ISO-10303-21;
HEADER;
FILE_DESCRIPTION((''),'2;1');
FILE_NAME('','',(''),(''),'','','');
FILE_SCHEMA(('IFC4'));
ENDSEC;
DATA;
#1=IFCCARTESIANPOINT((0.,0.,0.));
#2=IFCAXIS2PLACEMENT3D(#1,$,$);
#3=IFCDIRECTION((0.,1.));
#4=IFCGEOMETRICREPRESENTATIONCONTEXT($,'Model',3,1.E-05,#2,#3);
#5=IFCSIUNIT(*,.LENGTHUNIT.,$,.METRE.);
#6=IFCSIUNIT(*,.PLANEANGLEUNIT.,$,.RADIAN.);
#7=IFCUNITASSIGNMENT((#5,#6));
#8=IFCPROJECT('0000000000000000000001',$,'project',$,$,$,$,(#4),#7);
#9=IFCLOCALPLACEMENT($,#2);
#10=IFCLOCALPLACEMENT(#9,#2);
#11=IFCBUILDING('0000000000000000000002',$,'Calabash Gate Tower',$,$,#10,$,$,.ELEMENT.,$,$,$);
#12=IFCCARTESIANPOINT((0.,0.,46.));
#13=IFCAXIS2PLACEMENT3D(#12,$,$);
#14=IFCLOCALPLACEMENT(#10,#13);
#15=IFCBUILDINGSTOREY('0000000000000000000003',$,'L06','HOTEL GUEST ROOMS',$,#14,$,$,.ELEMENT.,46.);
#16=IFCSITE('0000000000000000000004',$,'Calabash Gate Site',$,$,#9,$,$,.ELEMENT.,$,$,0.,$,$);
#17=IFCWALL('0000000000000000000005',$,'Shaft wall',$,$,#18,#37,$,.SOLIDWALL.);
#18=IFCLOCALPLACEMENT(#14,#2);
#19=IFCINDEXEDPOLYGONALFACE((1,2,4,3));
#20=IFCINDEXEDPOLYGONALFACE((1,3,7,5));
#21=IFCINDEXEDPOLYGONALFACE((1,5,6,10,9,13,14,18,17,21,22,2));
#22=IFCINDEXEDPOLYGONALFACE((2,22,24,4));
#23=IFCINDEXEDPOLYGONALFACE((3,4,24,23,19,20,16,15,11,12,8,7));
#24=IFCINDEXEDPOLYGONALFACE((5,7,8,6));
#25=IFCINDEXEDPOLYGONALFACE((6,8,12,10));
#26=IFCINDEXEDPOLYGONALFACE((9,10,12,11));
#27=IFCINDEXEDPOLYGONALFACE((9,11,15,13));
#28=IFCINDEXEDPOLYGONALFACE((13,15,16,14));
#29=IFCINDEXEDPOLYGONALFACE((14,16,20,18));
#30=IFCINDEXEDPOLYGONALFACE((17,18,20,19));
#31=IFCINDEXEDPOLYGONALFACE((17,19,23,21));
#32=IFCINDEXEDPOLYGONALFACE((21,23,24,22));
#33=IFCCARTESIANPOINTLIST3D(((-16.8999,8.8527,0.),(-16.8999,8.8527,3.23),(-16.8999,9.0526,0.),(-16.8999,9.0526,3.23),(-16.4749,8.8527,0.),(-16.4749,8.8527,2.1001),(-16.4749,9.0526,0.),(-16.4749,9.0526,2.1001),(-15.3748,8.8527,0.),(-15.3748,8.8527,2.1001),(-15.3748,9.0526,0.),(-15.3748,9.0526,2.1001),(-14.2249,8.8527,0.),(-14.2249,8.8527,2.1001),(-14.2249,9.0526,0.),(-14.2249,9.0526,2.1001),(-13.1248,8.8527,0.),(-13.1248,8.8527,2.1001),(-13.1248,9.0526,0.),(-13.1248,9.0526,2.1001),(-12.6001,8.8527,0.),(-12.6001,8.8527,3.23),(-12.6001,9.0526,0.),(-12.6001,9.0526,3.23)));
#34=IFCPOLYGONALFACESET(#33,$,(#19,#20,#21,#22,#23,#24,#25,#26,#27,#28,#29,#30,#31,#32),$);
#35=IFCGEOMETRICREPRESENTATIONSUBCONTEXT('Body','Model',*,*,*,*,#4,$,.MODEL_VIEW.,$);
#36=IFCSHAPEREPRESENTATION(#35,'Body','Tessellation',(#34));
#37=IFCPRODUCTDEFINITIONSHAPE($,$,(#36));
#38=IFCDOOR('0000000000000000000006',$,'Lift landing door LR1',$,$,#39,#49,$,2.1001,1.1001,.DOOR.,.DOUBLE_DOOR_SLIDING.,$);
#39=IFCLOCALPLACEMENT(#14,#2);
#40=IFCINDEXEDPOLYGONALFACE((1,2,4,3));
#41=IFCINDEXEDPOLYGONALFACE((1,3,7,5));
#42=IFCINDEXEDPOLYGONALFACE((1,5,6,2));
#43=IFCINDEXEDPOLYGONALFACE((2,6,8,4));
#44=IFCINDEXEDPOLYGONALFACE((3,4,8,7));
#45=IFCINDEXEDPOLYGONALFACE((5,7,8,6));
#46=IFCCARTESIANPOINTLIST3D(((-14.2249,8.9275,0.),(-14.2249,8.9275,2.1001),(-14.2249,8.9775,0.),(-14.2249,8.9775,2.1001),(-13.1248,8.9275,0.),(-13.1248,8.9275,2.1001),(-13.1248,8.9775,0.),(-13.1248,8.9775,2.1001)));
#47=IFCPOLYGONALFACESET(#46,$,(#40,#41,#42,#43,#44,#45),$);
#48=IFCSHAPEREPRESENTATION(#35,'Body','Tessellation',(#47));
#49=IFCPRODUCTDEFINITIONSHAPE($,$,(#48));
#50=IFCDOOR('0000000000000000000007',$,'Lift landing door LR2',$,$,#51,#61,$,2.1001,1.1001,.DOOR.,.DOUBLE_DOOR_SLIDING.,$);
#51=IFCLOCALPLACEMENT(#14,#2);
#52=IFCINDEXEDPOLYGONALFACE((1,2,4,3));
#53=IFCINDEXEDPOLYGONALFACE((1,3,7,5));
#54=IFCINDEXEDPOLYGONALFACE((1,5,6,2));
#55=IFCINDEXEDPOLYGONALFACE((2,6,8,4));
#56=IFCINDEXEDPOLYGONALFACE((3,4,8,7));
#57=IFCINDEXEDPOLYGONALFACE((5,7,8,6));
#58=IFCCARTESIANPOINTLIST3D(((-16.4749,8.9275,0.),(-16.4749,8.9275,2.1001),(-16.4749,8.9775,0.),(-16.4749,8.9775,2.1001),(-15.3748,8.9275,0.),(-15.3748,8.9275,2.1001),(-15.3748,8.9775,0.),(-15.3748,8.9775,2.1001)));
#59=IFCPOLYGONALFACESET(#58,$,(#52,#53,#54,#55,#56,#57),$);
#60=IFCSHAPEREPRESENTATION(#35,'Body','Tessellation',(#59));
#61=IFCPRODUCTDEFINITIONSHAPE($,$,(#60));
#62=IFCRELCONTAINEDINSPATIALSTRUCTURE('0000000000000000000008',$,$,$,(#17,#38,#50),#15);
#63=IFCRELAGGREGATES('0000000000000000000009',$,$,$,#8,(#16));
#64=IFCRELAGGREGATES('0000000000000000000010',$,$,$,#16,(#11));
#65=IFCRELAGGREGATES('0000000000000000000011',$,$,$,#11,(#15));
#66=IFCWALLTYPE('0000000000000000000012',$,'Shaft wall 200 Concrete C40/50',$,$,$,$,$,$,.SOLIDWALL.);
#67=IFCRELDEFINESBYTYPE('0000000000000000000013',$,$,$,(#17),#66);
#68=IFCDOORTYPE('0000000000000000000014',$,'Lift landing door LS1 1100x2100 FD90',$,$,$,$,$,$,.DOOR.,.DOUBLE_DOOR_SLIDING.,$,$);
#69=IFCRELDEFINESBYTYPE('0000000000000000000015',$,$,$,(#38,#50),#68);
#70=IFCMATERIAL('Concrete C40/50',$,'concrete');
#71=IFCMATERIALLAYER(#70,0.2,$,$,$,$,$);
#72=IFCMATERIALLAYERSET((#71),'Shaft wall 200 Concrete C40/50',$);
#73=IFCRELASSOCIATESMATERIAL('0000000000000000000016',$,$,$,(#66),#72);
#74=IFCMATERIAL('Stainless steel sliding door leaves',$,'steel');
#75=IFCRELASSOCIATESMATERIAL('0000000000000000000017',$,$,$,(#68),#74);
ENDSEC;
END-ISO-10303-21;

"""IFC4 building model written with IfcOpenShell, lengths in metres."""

from ifc_helpers import new_model, si_unit, direction, frame, frame_2d, origin, place, context, subcontext, project, spatial, rectangle, extrude, material, layer, layer_set, type_object, element, fill, save


model = new_model("IFC4")

# Units and contexts
model_context = context("Model", 3, precision=1e-05, world=origin(), true_north=direction((0.0, 1.0)))
body_context = subcontext(model_context, "Body", "Model", "MODEL_VIEW")
ifc_project = project(units=[si_unit("LENGTHUNIT", "METRE"), si_unit("PLANEANGLEUNIT", "RADIAN")], contexts=[model_context])

# Site, building, storey
site_placement = place(None, origin())
site = spatial("IfcSite", under=ifc_project, at=site_placement, Name="Calabash Gate Site", CompositionType="ELEMENT", RefElevation=0.0)
building_placement = place(site_placement, origin())
building = spatial("IfcBuilding", under=site, at=building_placement, Name="Calabash Gate Tower", CompositionType="ELEMENT")
storey_placement = place(building_placement, frame((0.0, 0.0, 46.0)))
storey = spatial("IfcBuildingStorey", under=building, at=storey_placement, Name="L06", Description="HOTEL GUEST ROOMS", CompositionType="ELEMENT", Elevation=46.0)

# Wall, openings, doors
ifc_material_1 = material(Name="Concrete C40/50", Category="concrete")
ifc_layer_1 = layer(ifc_material_1, 0.2)
ifc_layer_set_1 = layer_set([ifc_layer_1], Name="Shaft wall 200 Concrete C40/50")
wall_type_1 = type_object("IfcWallType", Name="Shaft wall 200 Concrete C40/50", PredefinedType="SOLIDWALL", material=ifc_layer_set_1)
wall_1_placement = place(storey_placement, frame((-16.8999, 8.9526, 0.0), z_axis=(0.0, 0.0, 1.0), x_axis=(1.0, 0.0, 0.0)))
wall_1 = element("IfcWall", 1, at=wall_1_placement, inside=storey, type_object=wall_type_1, Name="Shaft wall", PredefinedType="SOLIDWALL", context=body_context, shape_type="SweptSolid", body=[
    extrude(rectangle(XDim=4.2998, YDim=0.2, at=frame_2d((2.1499, 0.0))), origin(), (0.0, 0.0, 1.0), 3.23),
])
opening_1_placement = place(wall_1_placement, frame((2.675, 0.0, 0.0)))
opening_1 = element("IfcOpeningElement", 2, at=opening_1_placement, cuts=wall_1, PredefinedType="OPENING", context=body_context, shape_type="SweptSolid", body=[
    extrude(rectangle(XDim=1.1001, YDim=2.1001, at=frame_2d((0.55, 1.05))), frame((0.0, 0.1099, 0.0), z_axis=(0.0, -1.0, 0.0), x_axis=(1.0, 0.0, 0.0)), (0.0, 0.0, 1.0), 0.22),
])
opening_2_placement = place(wall_1_placement, frame((0.425, 0.0, 0.0)))
opening_2 = element("IfcOpeningElement", 3, at=opening_2_placement, cuts=wall_1, PredefinedType="OPENING", context=body_context, shape_type="SweptSolid", body=[
    extrude(rectangle(XDim=1.1001, YDim=2.1001, at=frame_2d((0.55, 1.05))), frame((0.0, 0.1099, 0.0), z_axis=(0.0, -1.0, 0.0), x_axis=(1.0, 0.0, 0.0)), (0.0, 0.0, 1.0), 0.22),
])
ifc_material_2 = material(Name="Stainless steel sliding door leaves", Category="steel")
door_type_1 = type_object("IfcDoorType", Name="Lift landing door LS1 1100x2100 FD90", OperationType="DOUBLE_DOOR_SLIDING", PredefinedType="DOOR", material=ifc_material_2)
door_1_placement = place(opening_1_placement, origin())
door_1 = element("IfcDoor", 4, at=door_1_placement, inside=storey, type_object=door_type_1, Name="Lift landing door LR1", OperationType="DOUBLE_DOOR_SLIDING", OverallHeight=2.1001, OverallWidth=1.1001, PredefinedType="DOOR", context=body_context, shape_type="SweptSolid", body=[
    extrude(rectangle(XDim=1.1001, YDim=2.1001, at=frame_2d((0.55, 1.05))), frame((0.0, 0.0249, 0.0), z_axis=(0.0, -1.0, 0.0), x_axis=(1.0, 0.0, 0.0)), (0.0, 0.0, 1.0), 0.05),
])
fill(opening_1, door_1)
door_2_placement = place(opening_2_placement, origin())
door_2 = element("IfcDoor", 5, at=door_2_placement, inside=storey, type_object=door_type_1, Name="Lift landing door LR2", OperationType="DOUBLE_DOOR_SLIDING", OverallHeight=2.1001, OverallWidth=1.1001, PredefinedType="DOOR", context=body_context, shape_type="SweptSolid", body=[
    extrude(rectangle(XDim=1.1001, YDim=2.1001, at=frame_2d((0.55, 1.05))), frame((0.0, 0.0249, 0.0), z_axis=(0.0, -1.0, 0.0), x_axis=(1.0, 0.0, 0.0)), (0.0, 0.0, 1.0), 0.05),
])
fill(opening_2, door_2)

save(model, "model.ifc")
